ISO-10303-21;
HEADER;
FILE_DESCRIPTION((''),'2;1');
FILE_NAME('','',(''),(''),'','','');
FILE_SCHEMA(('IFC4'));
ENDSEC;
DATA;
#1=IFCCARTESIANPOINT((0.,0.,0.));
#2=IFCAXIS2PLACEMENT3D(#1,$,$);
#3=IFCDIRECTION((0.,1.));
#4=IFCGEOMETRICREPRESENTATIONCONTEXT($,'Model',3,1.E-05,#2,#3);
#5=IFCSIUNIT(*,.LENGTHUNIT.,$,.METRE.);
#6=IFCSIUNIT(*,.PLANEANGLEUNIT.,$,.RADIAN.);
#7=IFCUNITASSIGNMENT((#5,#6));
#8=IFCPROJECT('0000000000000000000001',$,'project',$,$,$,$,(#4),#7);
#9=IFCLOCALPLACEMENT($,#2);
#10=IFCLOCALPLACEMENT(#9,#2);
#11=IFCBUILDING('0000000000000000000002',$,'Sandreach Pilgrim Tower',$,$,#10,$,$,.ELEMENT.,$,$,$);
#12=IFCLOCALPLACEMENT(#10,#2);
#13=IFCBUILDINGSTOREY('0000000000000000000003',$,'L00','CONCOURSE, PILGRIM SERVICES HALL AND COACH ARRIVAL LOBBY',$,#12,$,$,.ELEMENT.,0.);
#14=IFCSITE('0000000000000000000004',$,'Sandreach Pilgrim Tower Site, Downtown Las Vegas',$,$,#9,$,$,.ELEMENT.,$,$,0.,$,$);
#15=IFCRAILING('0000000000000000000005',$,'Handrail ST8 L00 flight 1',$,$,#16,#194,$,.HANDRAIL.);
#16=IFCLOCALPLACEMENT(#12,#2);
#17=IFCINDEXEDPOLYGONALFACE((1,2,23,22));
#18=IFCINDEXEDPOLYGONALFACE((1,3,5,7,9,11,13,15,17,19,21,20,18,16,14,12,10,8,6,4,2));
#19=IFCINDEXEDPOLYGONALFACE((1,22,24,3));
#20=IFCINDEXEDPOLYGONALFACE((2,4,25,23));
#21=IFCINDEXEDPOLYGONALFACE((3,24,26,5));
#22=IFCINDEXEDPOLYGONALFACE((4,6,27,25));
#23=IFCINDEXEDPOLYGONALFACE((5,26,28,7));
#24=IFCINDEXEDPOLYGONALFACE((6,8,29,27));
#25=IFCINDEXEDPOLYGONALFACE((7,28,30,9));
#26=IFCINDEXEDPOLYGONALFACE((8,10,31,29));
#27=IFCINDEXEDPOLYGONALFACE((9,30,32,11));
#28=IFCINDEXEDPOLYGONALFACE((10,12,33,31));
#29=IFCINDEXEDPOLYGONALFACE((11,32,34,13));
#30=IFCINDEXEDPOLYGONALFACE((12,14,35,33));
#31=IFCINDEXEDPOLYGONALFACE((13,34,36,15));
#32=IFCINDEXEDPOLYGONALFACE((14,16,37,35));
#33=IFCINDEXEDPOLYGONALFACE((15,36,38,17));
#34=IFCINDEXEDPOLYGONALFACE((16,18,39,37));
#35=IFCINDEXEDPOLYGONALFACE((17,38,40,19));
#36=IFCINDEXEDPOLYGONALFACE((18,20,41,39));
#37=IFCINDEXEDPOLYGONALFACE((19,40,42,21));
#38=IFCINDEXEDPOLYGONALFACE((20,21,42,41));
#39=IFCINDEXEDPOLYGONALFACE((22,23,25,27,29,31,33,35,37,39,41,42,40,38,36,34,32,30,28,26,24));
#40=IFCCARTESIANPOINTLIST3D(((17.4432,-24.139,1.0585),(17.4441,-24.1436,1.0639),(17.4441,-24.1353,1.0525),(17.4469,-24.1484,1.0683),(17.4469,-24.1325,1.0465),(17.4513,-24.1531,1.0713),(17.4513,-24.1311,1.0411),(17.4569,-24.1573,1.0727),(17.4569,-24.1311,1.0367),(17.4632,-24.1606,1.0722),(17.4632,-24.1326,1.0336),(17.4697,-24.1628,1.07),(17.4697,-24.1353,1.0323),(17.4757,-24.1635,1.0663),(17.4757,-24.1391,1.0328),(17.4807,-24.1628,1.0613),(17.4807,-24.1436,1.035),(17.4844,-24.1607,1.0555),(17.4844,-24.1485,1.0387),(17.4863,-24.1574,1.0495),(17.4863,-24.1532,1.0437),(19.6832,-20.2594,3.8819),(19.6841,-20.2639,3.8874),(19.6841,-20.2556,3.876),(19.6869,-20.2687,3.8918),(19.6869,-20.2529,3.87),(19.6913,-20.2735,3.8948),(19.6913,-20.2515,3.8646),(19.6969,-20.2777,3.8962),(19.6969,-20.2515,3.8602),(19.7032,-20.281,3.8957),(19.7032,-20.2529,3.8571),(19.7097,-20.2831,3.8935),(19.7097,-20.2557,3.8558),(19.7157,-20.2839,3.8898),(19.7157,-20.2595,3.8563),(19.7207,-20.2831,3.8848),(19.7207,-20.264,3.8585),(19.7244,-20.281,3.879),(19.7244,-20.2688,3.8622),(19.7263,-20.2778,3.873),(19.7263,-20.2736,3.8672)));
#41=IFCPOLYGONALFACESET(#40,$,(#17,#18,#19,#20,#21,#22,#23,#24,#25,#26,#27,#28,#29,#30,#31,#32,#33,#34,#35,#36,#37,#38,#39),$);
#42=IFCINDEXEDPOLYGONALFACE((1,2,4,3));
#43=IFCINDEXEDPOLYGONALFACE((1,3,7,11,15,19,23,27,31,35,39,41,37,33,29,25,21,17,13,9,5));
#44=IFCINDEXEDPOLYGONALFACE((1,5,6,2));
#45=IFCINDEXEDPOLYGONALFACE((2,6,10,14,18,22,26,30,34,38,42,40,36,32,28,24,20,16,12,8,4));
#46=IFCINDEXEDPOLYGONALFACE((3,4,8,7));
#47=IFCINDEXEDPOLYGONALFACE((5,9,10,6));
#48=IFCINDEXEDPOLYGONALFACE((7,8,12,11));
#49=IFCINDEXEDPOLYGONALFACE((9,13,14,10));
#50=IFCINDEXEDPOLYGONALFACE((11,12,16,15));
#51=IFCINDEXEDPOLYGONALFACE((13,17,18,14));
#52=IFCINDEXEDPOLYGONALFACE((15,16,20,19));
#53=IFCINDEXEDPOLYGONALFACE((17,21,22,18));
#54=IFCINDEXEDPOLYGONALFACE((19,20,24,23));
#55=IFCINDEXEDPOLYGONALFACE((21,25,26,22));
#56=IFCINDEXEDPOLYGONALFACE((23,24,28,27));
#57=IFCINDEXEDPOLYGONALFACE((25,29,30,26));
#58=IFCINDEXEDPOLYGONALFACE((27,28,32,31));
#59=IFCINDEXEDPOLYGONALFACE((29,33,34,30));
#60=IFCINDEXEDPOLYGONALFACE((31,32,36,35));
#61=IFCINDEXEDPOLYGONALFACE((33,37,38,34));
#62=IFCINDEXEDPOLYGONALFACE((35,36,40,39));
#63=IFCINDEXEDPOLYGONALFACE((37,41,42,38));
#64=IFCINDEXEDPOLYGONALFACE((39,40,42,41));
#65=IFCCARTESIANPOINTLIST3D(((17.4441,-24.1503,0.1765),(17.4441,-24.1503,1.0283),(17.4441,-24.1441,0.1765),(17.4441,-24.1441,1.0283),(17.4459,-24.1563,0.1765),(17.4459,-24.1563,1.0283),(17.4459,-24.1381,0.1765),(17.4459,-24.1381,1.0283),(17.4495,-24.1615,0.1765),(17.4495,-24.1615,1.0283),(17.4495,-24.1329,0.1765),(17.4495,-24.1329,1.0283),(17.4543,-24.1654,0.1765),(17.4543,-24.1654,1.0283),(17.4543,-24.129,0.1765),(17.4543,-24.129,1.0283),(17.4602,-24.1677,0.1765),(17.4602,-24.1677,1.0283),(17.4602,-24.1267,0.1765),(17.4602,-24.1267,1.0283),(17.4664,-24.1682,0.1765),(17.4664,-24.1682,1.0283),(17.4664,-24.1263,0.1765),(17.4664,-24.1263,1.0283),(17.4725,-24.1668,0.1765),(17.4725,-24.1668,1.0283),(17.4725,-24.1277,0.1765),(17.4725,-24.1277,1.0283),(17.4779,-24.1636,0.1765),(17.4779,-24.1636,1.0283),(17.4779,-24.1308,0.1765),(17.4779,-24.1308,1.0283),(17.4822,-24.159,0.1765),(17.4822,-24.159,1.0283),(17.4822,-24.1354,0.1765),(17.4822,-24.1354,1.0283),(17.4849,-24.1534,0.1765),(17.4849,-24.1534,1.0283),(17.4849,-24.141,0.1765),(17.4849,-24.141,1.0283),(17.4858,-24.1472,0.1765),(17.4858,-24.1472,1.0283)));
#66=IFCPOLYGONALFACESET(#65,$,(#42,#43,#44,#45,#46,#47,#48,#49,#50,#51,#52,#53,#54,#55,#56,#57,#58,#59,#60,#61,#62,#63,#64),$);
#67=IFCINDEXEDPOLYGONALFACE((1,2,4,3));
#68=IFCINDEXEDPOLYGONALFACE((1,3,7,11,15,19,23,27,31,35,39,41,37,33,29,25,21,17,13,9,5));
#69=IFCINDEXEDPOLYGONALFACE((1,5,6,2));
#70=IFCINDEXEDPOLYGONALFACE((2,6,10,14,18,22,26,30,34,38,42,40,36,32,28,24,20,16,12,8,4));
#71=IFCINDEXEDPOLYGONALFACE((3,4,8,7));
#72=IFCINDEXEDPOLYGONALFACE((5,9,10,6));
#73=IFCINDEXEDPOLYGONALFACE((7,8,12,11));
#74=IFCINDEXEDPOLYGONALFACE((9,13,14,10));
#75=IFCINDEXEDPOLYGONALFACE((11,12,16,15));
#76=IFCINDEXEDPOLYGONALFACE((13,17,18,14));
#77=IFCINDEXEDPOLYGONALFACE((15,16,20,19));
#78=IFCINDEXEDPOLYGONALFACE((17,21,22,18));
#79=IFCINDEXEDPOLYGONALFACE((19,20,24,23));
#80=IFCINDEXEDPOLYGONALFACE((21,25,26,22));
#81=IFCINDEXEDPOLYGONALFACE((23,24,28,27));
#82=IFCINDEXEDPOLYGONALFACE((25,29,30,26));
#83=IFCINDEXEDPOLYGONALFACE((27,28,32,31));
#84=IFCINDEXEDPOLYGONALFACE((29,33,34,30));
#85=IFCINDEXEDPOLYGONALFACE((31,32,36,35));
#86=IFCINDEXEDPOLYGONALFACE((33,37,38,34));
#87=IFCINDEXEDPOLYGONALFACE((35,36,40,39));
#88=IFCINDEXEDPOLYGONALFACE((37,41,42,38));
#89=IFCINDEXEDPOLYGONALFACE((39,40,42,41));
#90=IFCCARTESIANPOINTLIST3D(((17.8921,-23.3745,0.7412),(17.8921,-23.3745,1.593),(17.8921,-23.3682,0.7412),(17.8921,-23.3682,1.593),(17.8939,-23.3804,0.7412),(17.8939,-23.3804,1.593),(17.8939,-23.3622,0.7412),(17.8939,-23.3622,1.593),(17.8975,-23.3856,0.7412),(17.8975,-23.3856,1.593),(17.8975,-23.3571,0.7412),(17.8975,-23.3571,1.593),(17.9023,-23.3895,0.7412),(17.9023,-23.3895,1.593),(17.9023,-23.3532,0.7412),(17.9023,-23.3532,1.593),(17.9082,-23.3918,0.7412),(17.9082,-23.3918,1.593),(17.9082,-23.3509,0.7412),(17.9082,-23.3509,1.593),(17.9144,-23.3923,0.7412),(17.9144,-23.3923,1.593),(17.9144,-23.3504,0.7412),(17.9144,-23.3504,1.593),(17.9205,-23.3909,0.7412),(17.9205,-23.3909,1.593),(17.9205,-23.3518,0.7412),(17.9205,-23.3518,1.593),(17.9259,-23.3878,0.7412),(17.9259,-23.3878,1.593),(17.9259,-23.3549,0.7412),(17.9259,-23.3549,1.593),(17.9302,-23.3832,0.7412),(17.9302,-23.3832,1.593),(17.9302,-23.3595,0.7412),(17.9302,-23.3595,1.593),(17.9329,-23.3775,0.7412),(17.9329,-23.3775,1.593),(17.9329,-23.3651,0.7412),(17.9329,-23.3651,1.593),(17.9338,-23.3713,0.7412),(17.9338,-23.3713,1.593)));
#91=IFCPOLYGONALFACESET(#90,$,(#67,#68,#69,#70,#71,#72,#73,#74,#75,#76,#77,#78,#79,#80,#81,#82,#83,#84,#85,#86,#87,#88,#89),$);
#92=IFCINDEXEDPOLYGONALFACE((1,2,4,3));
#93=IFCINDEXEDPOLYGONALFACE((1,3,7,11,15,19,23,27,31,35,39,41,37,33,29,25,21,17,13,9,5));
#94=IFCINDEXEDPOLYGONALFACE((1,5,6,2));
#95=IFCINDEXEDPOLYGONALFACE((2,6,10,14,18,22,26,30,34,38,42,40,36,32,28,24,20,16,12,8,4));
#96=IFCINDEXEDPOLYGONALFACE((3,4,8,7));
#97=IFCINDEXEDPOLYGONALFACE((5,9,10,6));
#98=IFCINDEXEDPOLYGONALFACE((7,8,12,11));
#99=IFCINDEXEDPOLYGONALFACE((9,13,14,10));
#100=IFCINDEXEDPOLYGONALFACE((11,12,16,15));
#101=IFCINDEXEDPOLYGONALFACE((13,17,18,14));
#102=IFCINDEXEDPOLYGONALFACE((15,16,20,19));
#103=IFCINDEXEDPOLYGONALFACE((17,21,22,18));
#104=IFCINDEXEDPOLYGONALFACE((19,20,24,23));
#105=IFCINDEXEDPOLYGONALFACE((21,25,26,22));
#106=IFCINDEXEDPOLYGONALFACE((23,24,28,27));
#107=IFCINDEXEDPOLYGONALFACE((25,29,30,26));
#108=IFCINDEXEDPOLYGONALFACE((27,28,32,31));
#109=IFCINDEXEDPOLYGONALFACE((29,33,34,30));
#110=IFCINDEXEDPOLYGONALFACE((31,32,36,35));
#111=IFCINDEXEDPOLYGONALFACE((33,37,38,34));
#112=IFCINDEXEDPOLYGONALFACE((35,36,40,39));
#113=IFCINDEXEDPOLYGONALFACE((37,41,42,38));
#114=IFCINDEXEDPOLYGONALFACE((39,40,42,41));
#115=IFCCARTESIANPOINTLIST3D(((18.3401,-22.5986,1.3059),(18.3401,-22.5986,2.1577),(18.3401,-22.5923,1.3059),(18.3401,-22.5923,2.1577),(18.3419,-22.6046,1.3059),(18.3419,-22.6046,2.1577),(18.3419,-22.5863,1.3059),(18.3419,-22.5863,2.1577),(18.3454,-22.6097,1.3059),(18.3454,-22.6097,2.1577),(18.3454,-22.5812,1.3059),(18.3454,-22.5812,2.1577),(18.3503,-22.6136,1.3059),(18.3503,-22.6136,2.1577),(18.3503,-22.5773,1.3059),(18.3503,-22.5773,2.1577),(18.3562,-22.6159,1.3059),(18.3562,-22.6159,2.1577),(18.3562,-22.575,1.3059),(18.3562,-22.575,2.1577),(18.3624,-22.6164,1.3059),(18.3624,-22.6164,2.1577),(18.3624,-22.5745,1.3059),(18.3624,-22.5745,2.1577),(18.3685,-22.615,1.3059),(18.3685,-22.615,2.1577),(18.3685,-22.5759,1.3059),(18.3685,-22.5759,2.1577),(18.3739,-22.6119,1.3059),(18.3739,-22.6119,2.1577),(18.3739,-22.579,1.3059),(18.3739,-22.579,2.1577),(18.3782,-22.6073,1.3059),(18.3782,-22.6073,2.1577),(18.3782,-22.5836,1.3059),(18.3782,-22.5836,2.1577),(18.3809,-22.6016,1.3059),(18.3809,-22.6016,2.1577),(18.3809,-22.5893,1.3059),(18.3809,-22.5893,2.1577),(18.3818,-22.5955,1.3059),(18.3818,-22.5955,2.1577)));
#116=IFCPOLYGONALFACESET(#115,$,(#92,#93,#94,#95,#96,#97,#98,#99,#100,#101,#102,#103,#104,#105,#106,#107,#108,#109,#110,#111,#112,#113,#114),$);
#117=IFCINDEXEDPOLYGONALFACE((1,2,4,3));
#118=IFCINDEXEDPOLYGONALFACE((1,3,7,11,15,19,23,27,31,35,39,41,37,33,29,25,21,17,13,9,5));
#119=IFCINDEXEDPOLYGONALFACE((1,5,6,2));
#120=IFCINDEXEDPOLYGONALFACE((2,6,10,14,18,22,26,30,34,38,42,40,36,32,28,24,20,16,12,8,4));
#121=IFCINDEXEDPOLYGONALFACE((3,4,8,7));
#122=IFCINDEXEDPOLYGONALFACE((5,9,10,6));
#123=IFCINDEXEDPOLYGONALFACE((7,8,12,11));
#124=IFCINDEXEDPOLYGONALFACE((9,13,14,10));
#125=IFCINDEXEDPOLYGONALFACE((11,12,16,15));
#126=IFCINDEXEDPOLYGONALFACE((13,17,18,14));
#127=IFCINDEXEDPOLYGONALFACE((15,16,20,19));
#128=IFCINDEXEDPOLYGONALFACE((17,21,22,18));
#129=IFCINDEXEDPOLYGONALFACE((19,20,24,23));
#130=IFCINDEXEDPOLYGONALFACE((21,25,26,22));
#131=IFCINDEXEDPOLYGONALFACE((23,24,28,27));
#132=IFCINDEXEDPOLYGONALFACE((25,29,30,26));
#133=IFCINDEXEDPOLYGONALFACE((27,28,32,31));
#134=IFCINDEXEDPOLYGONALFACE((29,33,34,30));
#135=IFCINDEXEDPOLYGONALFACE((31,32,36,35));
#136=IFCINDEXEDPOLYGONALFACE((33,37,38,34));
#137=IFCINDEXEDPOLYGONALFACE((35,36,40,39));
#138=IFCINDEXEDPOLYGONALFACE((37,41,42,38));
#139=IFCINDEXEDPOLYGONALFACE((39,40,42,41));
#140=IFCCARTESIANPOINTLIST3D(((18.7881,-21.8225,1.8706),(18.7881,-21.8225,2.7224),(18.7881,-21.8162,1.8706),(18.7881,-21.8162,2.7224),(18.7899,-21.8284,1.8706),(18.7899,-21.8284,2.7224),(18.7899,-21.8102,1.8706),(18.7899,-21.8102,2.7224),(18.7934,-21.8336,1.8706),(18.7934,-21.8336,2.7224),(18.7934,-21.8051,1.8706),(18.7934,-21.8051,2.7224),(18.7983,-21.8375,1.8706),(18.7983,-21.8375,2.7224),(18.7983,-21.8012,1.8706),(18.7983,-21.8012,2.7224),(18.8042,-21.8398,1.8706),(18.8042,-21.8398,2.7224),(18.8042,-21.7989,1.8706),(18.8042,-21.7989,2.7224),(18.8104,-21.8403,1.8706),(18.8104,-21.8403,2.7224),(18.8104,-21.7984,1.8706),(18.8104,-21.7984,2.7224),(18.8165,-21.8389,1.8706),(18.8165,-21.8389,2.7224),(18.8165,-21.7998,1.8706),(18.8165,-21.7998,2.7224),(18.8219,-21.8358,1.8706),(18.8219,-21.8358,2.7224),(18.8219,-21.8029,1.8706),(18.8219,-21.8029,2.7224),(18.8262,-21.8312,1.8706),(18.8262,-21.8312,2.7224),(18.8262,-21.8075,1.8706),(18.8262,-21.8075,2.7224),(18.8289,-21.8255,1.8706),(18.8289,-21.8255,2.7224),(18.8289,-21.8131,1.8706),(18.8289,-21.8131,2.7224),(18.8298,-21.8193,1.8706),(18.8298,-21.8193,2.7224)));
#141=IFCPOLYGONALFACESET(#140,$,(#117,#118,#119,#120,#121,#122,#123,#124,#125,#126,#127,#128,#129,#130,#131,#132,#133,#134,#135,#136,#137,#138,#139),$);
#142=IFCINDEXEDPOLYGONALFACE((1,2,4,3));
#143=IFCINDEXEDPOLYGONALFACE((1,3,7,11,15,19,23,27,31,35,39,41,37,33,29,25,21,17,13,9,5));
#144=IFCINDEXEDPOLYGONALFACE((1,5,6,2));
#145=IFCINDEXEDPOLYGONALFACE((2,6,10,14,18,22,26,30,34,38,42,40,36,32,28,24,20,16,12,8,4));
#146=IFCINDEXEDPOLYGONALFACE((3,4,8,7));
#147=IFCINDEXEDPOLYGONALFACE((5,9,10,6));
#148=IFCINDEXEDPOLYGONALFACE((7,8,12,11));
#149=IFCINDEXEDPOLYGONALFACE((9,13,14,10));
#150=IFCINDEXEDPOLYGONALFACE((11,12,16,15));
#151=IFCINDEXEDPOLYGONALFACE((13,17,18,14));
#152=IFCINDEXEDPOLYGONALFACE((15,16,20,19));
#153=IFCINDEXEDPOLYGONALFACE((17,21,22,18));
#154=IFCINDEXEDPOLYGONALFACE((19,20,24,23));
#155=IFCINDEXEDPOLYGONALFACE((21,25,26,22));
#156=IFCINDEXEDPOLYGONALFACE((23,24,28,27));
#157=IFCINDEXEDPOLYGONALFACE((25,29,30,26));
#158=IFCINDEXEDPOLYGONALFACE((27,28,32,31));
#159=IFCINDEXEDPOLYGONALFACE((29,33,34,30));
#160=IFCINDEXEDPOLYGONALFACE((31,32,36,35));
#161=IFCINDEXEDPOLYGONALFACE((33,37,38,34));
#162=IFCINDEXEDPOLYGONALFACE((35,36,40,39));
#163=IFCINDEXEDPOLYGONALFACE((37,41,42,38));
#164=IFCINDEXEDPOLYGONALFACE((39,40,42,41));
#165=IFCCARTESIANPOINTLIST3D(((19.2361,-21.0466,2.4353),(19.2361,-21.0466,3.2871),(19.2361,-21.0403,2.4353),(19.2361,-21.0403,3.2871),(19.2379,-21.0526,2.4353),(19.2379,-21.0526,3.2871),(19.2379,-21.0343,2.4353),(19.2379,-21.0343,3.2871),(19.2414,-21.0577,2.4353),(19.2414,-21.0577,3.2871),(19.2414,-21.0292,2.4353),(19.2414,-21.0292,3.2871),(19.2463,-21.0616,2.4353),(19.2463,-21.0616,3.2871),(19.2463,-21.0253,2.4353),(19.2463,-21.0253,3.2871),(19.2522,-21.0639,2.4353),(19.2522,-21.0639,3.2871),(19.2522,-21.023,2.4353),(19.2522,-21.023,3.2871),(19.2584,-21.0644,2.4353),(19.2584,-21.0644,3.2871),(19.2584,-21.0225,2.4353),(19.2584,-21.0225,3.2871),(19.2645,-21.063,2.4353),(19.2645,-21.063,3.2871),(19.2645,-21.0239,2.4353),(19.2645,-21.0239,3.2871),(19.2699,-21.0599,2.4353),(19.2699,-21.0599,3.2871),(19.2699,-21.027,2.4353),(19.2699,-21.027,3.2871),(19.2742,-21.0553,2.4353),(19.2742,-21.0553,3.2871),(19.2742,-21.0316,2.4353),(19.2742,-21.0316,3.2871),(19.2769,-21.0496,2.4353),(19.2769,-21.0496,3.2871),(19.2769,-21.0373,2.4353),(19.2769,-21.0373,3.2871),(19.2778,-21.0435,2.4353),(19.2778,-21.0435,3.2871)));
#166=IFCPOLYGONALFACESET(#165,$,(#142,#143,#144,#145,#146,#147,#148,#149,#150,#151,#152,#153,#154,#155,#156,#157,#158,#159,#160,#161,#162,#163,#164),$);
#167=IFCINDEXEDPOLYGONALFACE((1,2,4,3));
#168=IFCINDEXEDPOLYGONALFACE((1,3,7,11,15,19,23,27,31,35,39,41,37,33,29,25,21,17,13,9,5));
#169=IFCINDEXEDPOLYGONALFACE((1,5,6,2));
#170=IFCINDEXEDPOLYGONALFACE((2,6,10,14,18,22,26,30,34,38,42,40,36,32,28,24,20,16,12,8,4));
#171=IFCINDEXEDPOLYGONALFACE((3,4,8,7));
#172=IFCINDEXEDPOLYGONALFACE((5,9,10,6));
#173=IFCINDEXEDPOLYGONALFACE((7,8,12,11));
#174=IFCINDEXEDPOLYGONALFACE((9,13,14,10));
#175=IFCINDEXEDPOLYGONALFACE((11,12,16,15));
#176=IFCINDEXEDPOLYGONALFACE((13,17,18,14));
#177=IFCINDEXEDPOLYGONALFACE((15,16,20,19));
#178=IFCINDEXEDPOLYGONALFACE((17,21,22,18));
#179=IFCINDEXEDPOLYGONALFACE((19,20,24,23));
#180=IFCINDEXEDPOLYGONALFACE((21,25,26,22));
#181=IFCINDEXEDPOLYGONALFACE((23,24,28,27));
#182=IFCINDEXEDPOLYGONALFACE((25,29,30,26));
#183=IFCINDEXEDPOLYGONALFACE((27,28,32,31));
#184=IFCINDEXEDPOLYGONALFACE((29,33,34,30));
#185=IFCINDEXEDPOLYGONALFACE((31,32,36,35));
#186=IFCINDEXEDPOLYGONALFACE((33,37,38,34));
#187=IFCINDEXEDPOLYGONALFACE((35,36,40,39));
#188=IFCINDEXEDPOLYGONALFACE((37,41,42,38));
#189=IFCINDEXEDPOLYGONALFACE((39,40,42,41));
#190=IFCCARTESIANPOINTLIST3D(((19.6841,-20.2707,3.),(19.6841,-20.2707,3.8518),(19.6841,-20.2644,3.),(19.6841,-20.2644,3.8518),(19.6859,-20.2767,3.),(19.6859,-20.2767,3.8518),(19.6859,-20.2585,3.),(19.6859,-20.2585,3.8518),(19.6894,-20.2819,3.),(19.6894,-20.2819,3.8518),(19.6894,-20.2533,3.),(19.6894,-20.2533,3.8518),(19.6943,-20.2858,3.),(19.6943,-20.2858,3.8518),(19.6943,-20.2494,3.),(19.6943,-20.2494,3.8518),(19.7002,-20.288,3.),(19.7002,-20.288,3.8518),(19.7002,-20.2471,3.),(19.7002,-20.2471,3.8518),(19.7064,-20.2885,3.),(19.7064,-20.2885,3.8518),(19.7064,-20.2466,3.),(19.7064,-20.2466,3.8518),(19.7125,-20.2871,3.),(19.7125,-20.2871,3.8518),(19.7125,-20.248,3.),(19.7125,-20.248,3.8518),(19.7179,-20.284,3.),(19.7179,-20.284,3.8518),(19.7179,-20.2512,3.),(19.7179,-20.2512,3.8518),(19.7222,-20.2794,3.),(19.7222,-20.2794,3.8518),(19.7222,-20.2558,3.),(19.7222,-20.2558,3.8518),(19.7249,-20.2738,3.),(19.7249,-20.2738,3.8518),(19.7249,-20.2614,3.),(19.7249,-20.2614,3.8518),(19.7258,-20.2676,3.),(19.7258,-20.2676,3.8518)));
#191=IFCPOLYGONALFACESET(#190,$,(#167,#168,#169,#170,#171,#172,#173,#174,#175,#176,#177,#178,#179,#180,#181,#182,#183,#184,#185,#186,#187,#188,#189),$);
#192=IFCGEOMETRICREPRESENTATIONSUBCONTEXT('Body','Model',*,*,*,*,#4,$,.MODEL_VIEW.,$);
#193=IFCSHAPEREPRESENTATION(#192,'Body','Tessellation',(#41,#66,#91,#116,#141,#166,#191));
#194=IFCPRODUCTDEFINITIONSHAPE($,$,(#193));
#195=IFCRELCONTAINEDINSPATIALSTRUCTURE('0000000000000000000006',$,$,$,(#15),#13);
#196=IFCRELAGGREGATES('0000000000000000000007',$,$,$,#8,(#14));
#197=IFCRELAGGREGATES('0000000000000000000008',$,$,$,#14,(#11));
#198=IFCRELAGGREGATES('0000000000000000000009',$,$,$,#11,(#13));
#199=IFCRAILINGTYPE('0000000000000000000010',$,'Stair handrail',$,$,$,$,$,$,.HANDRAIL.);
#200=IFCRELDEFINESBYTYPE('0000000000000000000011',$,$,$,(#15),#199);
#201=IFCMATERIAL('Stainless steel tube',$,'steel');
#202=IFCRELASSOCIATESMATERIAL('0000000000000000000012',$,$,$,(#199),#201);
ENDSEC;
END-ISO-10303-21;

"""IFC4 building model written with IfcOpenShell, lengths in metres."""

from ifc_helpers import new_model, si_unit, direction, frame, origin, origin_2d, place, context, subcontext, project, spatial, circle, extrude, material, type_object, element, save


model = new_model("IFC4")

# Units and contexts
model_context = context("Model", 3, precision=1e-05, world=origin(), true_north=direction((0.0, 1.0)))
body_context = subcontext(model_context, "Body", "Model", "MODEL_VIEW")
ifc_project = project(units=[si_unit("LENGTHUNIT", "METRE"), si_unit("PLANEANGLEUNIT", "RADIAN")], contexts=[model_context])

# Site, building, storey
site_placement = place(None, origin())
site = spatial("IfcSite", under=ifc_project, at=site_placement, Name="Sandreach Pilgrim Tower Site, Downtown Las Vegas", CompositionType="ELEMENT", RefElevation=0.0)
building_placement = place(site_placement, origin())
building = spatial("IfcBuilding", under=site, at=building_placement, Name="Sandreach Pilgrim Tower", CompositionType="ELEMENT")
storey_placement = place(building_placement, origin())
storey = spatial("IfcBuildingStorey", under=building, at=storey_placement, Name="L00", Description="CONCOURSE, PILGRIM SERVICES HALL AND COACH ARRIVAL LOBBY", CompositionType="ELEMENT", Elevation=0.0)

# Railing
ifc_material_1 = material(Name="Stainless steel tube", Category="steel")
railing_type = type_object("IfcRailingType", Name="Stair handrail", PredefinedType="HANDRAIL", material=ifc_material_1)
railing_1_placement = place(storey_placement, frame((17.4648, -24.1472, 0.1765)))
element("IfcRailing", 1, at=railing_1_placement, inside=storey, type_object=railing_type, Name="Handrail ST8 L00 flight 1", PredefinedType="HANDRAIL", context=body_context, shape_type="SweptSolid", body=[
    extrude(circle(Radius=0.0239, at=origin_2d()), frame((0.0, 0.0, 0.876), z_axis=(0.423007, 0.732644, 0.533196), x_axis=(-0.866018, 0.500013, 0.0)), (0.0, 0.0, 1.0), 5.2954),
    extrude(circle(Radius=0.021, at=origin_2d()), origin(), (0.0, 0.0, 1.0), 0.8518),
    extrude(circle(Radius=0.021, at=origin_2d()), frame((0.448, 0.7759, 0.5647)), (0.0, 0.0, 1.0), 0.8518),
    extrude(circle(Radius=0.021, at=origin_2d()), frame((0.896, 1.5518, 1.1294)), (0.0, 0.0, 1.0), 0.8518),
    extrude(circle(Radius=0.021, at=origin_2d()), frame((1.344, 2.3279, 1.6941)), (0.0, 0.0, 1.0), 0.8518),
    extrude(circle(Radius=0.021, at=origin_2d()), frame((1.792, 3.1038, 2.2588)), (0.0, 0.0, 1.0), 0.8518),
    extrude(circle(Radius=0.021, at=origin_2d()), frame((2.24, 3.8796, 2.8235)), (0.0, 0.0, 1.0), 0.8518),
])

save(model, "model.ifc")
